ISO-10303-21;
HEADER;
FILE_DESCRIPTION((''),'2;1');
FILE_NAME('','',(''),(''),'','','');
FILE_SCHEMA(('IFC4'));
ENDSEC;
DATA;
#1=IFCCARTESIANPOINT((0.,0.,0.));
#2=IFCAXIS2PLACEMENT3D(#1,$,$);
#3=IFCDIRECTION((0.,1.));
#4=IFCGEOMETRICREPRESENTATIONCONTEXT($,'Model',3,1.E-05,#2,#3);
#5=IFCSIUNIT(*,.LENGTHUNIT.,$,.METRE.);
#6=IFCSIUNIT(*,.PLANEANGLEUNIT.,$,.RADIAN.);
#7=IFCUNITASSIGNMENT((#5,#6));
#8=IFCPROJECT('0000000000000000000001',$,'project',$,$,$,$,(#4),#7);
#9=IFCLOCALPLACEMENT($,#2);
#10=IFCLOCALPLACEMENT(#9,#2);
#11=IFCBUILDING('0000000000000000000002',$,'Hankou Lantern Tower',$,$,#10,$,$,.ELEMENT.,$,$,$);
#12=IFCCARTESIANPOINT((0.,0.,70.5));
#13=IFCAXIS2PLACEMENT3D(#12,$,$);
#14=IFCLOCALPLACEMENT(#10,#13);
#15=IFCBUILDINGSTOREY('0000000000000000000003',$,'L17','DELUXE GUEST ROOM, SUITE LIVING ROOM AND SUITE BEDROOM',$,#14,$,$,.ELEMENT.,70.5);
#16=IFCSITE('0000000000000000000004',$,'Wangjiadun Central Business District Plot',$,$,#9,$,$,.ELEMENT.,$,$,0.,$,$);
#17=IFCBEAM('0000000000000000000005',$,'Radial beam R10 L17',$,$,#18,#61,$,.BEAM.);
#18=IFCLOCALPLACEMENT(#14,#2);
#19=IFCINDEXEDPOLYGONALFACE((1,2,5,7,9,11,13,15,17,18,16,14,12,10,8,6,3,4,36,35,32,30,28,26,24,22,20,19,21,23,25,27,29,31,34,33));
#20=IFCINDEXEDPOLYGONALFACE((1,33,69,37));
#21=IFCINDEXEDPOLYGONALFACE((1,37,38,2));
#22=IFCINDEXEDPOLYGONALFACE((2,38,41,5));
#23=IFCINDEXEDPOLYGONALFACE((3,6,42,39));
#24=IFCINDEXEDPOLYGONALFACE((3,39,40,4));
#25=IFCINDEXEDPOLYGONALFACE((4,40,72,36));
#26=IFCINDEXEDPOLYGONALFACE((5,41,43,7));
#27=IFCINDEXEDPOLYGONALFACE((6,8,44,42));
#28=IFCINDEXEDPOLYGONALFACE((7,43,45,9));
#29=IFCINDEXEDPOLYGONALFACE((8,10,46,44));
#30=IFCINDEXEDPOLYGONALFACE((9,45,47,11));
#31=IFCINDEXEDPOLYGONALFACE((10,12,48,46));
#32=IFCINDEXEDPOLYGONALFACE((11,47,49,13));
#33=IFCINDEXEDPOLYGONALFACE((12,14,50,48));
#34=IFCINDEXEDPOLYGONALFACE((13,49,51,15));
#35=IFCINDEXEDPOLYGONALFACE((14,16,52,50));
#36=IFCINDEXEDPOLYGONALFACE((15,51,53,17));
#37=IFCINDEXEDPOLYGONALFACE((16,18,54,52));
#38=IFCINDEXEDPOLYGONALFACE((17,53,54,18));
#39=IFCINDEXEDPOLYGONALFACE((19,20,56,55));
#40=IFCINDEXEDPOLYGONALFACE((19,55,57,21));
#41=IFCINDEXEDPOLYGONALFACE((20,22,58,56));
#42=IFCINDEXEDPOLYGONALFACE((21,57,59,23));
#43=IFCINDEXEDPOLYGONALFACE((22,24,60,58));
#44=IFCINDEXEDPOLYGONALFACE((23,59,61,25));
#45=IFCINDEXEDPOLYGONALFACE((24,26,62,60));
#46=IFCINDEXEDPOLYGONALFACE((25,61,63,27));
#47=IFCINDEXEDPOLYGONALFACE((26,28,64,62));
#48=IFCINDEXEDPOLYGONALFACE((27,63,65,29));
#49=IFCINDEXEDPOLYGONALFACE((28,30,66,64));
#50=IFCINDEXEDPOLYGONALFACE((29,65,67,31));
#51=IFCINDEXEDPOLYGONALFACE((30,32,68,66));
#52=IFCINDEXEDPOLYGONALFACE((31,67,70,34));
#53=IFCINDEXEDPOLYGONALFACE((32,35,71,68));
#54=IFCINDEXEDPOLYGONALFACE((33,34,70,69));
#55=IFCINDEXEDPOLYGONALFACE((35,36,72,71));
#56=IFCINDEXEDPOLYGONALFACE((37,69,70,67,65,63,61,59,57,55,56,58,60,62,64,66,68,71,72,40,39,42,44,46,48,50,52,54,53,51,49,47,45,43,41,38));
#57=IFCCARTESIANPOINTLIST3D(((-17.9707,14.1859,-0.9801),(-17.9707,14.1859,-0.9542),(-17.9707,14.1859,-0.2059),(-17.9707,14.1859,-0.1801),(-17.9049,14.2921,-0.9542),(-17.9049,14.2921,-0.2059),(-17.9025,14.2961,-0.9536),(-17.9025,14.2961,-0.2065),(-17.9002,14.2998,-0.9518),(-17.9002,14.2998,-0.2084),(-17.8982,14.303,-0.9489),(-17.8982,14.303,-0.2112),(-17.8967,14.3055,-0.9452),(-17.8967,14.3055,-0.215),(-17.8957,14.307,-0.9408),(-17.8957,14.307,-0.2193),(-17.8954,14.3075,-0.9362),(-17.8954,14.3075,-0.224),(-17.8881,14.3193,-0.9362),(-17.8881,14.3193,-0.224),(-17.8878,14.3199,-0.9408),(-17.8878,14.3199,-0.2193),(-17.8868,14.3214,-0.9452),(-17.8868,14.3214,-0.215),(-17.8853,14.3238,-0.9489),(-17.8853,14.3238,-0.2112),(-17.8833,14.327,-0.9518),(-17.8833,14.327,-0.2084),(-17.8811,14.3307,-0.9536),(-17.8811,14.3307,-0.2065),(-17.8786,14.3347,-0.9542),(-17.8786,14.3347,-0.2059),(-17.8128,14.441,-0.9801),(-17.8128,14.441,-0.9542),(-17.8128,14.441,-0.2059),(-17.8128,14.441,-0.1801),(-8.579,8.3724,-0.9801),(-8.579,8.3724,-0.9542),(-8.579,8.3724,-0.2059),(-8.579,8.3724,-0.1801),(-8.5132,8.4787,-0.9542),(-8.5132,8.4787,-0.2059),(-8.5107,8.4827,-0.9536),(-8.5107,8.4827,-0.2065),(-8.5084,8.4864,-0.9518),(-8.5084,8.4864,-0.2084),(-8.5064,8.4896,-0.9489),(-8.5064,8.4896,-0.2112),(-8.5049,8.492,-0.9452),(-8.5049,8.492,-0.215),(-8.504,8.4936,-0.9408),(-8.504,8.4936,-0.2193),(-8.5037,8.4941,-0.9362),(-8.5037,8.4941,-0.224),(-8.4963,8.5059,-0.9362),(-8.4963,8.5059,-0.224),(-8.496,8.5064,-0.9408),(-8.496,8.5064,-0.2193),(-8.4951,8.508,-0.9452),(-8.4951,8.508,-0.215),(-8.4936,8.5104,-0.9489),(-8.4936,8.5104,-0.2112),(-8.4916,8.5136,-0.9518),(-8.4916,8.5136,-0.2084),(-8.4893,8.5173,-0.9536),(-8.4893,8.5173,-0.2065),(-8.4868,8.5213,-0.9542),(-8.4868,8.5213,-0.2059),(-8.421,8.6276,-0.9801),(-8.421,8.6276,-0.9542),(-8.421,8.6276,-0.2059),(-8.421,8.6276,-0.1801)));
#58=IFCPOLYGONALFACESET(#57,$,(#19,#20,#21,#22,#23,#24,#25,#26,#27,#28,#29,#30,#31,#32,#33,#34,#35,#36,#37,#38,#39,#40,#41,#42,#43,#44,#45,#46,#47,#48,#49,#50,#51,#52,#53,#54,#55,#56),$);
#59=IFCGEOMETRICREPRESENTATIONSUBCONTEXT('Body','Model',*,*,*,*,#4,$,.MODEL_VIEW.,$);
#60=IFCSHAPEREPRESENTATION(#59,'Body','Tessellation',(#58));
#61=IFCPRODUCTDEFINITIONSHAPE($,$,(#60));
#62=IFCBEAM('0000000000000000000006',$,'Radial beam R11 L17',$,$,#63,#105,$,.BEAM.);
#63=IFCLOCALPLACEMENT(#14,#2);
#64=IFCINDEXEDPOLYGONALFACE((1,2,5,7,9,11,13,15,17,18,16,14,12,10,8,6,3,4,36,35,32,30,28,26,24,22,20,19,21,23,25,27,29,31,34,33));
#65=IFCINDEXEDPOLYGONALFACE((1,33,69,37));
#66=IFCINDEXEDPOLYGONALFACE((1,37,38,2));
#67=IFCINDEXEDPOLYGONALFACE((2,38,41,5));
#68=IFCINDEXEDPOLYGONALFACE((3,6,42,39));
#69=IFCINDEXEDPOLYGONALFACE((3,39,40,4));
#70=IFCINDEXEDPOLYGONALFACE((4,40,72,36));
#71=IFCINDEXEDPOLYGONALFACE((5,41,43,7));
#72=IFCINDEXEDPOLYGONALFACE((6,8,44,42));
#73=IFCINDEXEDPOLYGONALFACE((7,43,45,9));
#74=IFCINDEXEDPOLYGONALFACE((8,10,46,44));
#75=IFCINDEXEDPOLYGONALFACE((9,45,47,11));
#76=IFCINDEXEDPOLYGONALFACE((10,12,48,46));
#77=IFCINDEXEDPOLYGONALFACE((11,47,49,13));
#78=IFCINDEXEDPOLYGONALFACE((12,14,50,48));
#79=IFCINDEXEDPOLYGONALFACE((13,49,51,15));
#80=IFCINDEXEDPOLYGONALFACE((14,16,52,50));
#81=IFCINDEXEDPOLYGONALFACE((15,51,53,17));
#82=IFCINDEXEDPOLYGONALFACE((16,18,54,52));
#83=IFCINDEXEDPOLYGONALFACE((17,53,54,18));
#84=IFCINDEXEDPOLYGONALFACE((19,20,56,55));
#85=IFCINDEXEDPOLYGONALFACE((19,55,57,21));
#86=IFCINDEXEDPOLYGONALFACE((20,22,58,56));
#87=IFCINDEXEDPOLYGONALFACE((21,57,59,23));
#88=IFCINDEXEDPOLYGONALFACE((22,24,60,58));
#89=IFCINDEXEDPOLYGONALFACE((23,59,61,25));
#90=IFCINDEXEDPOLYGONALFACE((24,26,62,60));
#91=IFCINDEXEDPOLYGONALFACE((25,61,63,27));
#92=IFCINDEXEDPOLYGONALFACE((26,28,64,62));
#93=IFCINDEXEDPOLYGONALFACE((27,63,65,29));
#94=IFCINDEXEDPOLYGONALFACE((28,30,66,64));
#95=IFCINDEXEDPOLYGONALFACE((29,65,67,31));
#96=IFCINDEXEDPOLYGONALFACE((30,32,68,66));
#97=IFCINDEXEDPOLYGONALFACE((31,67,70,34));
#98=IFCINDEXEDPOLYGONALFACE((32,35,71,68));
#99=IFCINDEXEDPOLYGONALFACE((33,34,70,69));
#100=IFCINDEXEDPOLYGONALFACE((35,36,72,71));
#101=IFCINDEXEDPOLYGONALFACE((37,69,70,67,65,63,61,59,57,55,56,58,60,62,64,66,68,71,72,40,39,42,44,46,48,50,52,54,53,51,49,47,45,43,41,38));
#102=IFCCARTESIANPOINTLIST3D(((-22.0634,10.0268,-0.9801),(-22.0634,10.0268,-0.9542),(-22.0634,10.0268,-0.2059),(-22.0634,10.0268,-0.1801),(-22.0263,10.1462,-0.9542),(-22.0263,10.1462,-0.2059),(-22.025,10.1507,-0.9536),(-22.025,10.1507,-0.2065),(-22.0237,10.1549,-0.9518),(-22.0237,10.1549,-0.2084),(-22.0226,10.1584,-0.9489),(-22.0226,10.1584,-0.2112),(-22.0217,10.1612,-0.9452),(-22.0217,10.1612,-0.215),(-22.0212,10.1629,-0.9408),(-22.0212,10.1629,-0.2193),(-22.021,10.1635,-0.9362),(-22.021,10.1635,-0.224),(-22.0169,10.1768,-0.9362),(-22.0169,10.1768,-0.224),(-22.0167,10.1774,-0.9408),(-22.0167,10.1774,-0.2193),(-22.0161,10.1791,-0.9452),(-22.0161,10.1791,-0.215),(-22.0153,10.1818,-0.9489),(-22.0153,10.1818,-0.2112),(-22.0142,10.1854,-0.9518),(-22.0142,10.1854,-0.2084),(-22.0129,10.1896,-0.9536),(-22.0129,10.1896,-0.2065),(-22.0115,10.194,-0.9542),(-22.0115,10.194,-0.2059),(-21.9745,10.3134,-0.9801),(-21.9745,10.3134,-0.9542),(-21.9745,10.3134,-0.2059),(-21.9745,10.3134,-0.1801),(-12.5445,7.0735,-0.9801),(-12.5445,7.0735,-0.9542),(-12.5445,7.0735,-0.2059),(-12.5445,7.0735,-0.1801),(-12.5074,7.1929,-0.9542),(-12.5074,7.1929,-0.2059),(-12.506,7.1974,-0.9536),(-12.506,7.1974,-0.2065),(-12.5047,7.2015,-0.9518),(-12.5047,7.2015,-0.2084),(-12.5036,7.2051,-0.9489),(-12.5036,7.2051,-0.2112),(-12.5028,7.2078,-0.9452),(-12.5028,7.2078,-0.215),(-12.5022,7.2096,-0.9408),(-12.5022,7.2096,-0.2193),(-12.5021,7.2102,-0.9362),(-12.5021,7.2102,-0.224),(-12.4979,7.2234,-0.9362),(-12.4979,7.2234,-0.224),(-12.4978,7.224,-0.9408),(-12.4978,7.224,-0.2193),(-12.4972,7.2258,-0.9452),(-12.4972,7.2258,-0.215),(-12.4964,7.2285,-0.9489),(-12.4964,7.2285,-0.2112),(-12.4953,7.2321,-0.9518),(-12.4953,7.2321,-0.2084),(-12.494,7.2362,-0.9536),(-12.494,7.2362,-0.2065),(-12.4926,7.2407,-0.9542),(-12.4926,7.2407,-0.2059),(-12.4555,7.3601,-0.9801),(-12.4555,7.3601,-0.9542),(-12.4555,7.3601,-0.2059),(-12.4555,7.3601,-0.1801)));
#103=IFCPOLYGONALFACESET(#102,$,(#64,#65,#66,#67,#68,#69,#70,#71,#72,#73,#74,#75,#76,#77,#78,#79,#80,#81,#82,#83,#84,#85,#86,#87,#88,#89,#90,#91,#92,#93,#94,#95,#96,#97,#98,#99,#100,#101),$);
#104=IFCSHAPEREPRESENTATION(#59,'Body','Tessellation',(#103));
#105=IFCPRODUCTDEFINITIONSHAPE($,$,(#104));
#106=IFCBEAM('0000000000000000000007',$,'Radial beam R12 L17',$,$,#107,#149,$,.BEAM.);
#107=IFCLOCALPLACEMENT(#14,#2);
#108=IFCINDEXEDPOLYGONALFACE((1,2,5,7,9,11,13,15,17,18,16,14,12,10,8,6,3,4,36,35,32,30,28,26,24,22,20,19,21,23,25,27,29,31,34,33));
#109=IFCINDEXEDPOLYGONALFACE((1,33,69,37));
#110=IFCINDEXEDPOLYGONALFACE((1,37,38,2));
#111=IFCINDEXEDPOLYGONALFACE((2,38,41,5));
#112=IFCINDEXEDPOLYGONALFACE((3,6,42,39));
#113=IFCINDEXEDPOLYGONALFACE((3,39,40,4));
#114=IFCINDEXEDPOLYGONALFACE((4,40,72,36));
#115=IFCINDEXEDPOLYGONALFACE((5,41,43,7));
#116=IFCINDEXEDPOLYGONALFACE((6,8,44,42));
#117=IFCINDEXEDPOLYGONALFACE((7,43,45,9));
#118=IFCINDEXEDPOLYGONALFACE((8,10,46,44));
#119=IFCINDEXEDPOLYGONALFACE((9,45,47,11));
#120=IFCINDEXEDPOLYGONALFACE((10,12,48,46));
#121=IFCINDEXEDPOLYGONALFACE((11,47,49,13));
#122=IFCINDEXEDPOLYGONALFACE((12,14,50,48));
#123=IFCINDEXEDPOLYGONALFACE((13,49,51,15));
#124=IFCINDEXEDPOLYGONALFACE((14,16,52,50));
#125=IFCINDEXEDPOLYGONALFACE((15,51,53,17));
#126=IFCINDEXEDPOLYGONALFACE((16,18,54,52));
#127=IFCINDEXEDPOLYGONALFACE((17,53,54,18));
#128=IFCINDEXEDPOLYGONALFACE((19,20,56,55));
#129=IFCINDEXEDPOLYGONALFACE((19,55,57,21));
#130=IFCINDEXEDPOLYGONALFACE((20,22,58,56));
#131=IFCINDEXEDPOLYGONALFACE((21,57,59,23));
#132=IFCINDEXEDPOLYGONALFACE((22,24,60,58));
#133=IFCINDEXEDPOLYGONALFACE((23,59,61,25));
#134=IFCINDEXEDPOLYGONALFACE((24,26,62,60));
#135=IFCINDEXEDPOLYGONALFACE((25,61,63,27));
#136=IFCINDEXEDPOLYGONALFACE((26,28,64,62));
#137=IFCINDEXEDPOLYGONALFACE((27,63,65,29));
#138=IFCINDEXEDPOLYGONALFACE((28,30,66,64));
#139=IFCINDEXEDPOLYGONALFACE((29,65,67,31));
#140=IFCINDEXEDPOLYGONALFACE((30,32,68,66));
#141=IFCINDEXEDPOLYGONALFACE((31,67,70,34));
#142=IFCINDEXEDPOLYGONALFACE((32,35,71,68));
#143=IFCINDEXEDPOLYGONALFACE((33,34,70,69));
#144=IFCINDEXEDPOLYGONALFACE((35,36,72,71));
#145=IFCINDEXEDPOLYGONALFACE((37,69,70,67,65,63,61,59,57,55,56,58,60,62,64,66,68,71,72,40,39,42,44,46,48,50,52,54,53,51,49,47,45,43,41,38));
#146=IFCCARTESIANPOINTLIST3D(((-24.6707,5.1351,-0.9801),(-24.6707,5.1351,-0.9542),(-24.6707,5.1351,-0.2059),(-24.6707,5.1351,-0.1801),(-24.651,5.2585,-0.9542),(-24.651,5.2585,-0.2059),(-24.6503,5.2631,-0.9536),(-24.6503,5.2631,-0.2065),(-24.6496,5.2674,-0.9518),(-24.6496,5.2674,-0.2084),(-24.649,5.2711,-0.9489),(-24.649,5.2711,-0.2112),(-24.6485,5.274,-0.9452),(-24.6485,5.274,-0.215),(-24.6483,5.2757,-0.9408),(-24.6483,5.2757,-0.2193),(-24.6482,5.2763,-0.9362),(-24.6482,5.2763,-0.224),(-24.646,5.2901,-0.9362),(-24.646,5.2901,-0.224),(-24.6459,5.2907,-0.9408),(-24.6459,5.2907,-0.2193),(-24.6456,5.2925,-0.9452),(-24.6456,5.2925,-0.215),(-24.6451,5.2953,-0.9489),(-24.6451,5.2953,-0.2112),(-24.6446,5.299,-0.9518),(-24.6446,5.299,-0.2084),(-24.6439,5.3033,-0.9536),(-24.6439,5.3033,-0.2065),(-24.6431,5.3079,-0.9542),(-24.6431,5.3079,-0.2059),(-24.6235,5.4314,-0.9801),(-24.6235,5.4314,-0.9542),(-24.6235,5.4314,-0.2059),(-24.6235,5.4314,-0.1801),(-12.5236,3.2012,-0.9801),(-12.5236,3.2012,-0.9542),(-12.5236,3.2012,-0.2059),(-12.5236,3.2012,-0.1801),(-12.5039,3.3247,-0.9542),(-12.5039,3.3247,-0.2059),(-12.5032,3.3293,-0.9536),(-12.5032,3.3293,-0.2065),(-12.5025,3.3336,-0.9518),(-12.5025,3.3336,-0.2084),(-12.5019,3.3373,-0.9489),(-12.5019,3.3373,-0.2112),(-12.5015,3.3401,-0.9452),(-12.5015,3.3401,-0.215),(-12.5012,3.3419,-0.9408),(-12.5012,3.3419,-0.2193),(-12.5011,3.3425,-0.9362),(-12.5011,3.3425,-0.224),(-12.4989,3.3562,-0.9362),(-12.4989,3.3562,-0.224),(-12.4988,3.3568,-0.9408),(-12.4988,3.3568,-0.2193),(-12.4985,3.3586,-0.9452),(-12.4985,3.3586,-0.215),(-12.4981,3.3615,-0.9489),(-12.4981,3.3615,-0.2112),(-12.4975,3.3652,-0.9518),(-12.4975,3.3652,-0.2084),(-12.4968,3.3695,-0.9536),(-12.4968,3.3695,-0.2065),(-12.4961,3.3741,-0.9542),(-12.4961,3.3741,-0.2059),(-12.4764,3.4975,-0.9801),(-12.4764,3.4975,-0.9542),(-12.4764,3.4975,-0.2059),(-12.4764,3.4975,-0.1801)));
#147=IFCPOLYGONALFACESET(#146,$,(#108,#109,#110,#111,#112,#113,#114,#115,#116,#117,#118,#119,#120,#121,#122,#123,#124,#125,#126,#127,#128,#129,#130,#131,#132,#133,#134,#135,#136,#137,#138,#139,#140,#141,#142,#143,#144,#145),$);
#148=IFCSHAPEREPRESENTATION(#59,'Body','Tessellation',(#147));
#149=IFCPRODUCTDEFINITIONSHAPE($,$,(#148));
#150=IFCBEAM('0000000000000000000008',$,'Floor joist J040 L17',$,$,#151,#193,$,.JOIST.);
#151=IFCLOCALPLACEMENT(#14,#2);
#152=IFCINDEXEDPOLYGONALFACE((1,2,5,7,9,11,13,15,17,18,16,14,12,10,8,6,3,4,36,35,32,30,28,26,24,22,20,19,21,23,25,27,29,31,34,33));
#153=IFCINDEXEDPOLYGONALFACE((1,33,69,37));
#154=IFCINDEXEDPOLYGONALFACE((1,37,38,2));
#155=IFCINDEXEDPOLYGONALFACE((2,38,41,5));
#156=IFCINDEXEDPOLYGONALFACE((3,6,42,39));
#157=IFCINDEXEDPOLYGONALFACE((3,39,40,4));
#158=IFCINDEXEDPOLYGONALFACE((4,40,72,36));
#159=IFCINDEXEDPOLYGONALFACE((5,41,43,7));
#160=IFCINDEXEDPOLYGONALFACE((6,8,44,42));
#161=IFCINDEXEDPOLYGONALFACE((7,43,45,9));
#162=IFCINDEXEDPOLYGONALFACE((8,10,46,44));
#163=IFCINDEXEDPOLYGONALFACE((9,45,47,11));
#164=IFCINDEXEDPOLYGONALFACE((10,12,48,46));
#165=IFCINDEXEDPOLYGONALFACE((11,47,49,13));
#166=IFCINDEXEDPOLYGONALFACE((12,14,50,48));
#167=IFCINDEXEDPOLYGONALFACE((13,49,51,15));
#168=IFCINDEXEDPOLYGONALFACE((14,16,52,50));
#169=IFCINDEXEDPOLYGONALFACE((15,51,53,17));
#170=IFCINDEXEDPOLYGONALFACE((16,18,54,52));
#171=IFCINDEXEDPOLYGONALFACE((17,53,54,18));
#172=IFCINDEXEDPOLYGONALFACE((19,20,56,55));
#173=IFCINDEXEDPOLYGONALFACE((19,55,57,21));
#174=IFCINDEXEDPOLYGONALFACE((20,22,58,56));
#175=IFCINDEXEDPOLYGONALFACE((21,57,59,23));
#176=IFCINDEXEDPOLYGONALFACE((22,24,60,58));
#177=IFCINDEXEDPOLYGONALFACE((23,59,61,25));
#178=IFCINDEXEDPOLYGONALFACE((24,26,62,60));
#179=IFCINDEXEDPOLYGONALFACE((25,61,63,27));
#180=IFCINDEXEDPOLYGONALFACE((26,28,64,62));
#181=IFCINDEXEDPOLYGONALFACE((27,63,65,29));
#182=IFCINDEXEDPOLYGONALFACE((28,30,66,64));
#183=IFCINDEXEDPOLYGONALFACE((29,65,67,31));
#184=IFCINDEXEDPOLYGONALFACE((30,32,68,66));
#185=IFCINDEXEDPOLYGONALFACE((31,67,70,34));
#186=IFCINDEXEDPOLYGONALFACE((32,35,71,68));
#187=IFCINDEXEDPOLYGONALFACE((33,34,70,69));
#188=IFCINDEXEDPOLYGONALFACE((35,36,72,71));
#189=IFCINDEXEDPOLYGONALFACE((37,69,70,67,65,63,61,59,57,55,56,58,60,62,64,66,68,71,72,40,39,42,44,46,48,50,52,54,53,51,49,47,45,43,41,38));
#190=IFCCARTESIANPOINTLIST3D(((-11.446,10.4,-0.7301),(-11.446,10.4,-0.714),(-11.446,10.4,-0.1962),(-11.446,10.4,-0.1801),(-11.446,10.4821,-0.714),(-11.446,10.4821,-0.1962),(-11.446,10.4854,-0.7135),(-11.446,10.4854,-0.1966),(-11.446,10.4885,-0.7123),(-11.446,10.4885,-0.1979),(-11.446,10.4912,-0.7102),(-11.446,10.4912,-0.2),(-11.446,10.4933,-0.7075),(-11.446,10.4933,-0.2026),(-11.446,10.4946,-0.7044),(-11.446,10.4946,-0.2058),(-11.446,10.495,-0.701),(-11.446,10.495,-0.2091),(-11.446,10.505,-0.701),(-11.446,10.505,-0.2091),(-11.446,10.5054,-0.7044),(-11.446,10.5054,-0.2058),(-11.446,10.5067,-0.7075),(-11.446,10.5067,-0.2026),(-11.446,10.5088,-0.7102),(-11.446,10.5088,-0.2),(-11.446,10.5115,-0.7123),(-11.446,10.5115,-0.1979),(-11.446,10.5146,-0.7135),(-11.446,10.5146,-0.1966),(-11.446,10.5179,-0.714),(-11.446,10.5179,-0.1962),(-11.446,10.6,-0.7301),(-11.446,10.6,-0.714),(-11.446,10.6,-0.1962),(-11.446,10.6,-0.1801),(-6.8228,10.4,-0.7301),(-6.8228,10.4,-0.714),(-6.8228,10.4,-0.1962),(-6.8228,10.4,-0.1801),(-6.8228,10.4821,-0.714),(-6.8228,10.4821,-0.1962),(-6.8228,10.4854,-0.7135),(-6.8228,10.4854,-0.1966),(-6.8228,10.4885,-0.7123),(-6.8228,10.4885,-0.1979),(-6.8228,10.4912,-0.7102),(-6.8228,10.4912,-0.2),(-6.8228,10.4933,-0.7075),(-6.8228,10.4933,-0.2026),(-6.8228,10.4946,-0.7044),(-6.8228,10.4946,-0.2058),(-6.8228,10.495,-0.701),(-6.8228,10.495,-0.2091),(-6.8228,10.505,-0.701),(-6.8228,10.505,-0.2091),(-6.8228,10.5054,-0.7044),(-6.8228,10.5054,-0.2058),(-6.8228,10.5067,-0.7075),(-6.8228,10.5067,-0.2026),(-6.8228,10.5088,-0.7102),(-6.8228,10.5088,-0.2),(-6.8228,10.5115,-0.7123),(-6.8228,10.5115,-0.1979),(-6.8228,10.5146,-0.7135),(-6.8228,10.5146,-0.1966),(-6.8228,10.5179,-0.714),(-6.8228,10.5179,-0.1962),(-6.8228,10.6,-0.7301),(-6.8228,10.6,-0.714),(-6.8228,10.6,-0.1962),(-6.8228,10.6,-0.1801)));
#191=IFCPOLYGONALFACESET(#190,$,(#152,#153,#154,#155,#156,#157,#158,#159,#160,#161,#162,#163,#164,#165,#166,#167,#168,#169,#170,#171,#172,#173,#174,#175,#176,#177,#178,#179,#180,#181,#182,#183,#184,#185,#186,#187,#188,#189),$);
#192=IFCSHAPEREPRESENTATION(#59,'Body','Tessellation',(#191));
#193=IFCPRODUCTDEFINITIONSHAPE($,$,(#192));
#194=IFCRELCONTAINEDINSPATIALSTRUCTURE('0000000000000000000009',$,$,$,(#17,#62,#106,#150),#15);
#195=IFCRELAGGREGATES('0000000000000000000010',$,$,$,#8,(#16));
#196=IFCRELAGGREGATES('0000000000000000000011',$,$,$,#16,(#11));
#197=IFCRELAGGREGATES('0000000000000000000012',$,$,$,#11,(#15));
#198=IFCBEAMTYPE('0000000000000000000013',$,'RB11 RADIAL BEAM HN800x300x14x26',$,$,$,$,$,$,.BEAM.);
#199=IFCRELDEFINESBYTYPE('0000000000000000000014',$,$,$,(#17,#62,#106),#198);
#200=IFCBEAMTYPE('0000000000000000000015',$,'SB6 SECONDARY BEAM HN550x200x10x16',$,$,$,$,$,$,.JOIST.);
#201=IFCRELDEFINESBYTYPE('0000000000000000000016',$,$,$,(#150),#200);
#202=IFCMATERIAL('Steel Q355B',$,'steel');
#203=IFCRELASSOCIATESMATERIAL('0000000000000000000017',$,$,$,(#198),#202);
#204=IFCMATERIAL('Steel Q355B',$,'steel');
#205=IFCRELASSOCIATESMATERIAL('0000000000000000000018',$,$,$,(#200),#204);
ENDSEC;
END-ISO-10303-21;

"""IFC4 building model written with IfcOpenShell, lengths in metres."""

from ifc_helpers import new_model, si_unit, direction, frame, origin, origin_2d, place, context, subcontext, project, spatial, i_section, extrude, material, material_profile, profile_set, type_object, element, save


model = new_model("IFC4")

# Units and contexts
model_context = context("Model", 3, precision=1e-05, world=origin(), true_north=direction((0.0, 1.0)))
body_context = subcontext(model_context, "Body", "Model", "MODEL_VIEW")
ifc_project = project(units=[si_unit("LENGTHUNIT", "METRE"), si_unit("PLANEANGLEUNIT", "RADIAN")], contexts=[model_context])

# Site, building, storey
site_placement = place(None, origin())
site = spatial("IfcSite", under=ifc_project, at=site_placement, Name="Wangjiadun Central Business District Plot", CompositionType="ELEMENT", RefElevation=0.0)
building_placement = place(site_placement, origin())
building = spatial("IfcBuilding", under=site, at=building_placement, Name="Hankou Lantern Tower", CompositionType="ELEMENT")
storey_placement = place(building_placement, frame((0.0, 0.0, 70.5)))
storey = spatial("IfcBuildingStorey", under=building, at=storey_placement, Name="L17", Description="DELUXE GUEST ROOM, SUITE LIVING ROOM AND SUITE BEDROOM", CompositionType="ELEMENT", Elevation=70.5)

# Beams
ifc_material_1 = material(Name="Steel Q355B", Category="steel")
ifc_material_profile_1 = material_profile(ifc_material_1, i_section(OverallWidth=0.3, OverallDepth=0.8, WebThickness=0.0139, FlangeThickness=0.0259, FilletRadius=0.0181, at=origin_2d()), Name="HN800x300x14x26")
ifc_profile_set_1 = profile_set([ifc_material_profile_1], Name="Steel Q355B")
beam_type_1 = type_object("IfcBeamType", Name="RB11 RADIAL BEAM HN800x300x14x26", PredefinedType="BEAM", material=ifc_profile_set_1)
beam_1_placement = place(storey_placement, frame((-8.5, 8.5, -0.5801), z_axis=(-0.850286, 0.52632, 0.0), x_axis=(-0.52632, -0.850286, 0.0)))
element("IfcBeam", 1, at=beam_1_placement, inside=storey, type_object=beam_type_1, Name="Radial beam R10 L17", PredefinedType="BEAM", context=body_context, shape_type="SweptSolid", body=[
    extrude(i_section(OverallWidth=0.3, OverallDepth=0.8, WebThickness=0.0139, FlangeThickness=0.0259, FilletRadius=0.0181, at=origin_2d()), origin(), (0.0, 0.0, 1.0), 11.0454),
])
beam_2_placement = place(storey_placement, frame((-12.5, 7.2168, -0.5801), z_axis=(-0.955087, 0.296324, 0.0), x_axis=(-0.296324, -0.955087, 0.0)))
element("IfcBeam", 2, at=beam_2_placement, inside=storey, type_object=beam_type_1, Name="Radial beam R11 L17", PredefinedType="BEAM", context=body_context, shape_type="SweptSolid", body=[
    extrude(i_section(OverallWidth=0.3, OverallDepth=0.8, WebThickness=0.0139, FlangeThickness=0.0259, FilletRadius=0.0181, at=origin_2d()), origin(), (0.0, 0.0, 1.0), 9.9666),
])
beam_3_placement = place(storey_placement, frame((-12.5, 3.3494, -0.5801), z_axis=(-0.987563, 0.157223, 0.0), x_axis=(-0.157223, -0.987563, 0.0)))
element("IfcBeam", 3, at=beam_3_placement, inside=storey, type_object=beam_type_1, Name="Radial beam R12 L17", PredefinedType="BEAM", context=body_context, shape_type="SweptSolid", body=[
    extrude(i_section(OverallWidth=0.3, OverallDepth=0.8, WebThickness=0.0139, FlangeThickness=0.0259, FilletRadius=0.0181, at=origin_2d()), origin(), (0.0, 0.0, 1.0), 12.3),
])
ifc_material_2 = material(Name="Steel Q355B", Category="steel")
ifc_material_profile_2 = material_profile(ifc_material_2, i_section(OverallWidth=0.2, OverallDepth=0.55, WebThickness=0.01, FlangeThickness=0.0161, FilletRadius=0.0129, at=origin_2d()), Name="HN550x200x10x16")
ifc_profile_set_2 = profile_set([ifc_material_profile_2], Name="Steel Q355B")
beam_type_2 = type_object("IfcBeamType", Name="SB6 SECONDARY BEAM HN550x200x10x16", PredefinedType="JOIST", material=ifc_profile_set_2)
beam_4_placement = place(storey_placement, frame((-11.446, 10.5, -0.4551), z_axis=(1.0, 0.0, 0.0), x_axis=(0.0, 1.0, 0.0)))
element("IfcBeam", 4, at=beam_4_placement, inside=storey, type_object=beam_type_2, Name="Floor joist J040 L17", PredefinedType="JOIST", context=body_context, shape_type="SweptSolid", body=[
    extrude(i_section(OverallWidth=0.2, OverallDepth=0.55, WebThickness=0.01, FlangeThickness=0.0161, FilletRadius=0.0129, at=origin_2d()), origin(), (0.0, 0.0, 1.0), 4.6233),
])

save(model, "model.ifc")
